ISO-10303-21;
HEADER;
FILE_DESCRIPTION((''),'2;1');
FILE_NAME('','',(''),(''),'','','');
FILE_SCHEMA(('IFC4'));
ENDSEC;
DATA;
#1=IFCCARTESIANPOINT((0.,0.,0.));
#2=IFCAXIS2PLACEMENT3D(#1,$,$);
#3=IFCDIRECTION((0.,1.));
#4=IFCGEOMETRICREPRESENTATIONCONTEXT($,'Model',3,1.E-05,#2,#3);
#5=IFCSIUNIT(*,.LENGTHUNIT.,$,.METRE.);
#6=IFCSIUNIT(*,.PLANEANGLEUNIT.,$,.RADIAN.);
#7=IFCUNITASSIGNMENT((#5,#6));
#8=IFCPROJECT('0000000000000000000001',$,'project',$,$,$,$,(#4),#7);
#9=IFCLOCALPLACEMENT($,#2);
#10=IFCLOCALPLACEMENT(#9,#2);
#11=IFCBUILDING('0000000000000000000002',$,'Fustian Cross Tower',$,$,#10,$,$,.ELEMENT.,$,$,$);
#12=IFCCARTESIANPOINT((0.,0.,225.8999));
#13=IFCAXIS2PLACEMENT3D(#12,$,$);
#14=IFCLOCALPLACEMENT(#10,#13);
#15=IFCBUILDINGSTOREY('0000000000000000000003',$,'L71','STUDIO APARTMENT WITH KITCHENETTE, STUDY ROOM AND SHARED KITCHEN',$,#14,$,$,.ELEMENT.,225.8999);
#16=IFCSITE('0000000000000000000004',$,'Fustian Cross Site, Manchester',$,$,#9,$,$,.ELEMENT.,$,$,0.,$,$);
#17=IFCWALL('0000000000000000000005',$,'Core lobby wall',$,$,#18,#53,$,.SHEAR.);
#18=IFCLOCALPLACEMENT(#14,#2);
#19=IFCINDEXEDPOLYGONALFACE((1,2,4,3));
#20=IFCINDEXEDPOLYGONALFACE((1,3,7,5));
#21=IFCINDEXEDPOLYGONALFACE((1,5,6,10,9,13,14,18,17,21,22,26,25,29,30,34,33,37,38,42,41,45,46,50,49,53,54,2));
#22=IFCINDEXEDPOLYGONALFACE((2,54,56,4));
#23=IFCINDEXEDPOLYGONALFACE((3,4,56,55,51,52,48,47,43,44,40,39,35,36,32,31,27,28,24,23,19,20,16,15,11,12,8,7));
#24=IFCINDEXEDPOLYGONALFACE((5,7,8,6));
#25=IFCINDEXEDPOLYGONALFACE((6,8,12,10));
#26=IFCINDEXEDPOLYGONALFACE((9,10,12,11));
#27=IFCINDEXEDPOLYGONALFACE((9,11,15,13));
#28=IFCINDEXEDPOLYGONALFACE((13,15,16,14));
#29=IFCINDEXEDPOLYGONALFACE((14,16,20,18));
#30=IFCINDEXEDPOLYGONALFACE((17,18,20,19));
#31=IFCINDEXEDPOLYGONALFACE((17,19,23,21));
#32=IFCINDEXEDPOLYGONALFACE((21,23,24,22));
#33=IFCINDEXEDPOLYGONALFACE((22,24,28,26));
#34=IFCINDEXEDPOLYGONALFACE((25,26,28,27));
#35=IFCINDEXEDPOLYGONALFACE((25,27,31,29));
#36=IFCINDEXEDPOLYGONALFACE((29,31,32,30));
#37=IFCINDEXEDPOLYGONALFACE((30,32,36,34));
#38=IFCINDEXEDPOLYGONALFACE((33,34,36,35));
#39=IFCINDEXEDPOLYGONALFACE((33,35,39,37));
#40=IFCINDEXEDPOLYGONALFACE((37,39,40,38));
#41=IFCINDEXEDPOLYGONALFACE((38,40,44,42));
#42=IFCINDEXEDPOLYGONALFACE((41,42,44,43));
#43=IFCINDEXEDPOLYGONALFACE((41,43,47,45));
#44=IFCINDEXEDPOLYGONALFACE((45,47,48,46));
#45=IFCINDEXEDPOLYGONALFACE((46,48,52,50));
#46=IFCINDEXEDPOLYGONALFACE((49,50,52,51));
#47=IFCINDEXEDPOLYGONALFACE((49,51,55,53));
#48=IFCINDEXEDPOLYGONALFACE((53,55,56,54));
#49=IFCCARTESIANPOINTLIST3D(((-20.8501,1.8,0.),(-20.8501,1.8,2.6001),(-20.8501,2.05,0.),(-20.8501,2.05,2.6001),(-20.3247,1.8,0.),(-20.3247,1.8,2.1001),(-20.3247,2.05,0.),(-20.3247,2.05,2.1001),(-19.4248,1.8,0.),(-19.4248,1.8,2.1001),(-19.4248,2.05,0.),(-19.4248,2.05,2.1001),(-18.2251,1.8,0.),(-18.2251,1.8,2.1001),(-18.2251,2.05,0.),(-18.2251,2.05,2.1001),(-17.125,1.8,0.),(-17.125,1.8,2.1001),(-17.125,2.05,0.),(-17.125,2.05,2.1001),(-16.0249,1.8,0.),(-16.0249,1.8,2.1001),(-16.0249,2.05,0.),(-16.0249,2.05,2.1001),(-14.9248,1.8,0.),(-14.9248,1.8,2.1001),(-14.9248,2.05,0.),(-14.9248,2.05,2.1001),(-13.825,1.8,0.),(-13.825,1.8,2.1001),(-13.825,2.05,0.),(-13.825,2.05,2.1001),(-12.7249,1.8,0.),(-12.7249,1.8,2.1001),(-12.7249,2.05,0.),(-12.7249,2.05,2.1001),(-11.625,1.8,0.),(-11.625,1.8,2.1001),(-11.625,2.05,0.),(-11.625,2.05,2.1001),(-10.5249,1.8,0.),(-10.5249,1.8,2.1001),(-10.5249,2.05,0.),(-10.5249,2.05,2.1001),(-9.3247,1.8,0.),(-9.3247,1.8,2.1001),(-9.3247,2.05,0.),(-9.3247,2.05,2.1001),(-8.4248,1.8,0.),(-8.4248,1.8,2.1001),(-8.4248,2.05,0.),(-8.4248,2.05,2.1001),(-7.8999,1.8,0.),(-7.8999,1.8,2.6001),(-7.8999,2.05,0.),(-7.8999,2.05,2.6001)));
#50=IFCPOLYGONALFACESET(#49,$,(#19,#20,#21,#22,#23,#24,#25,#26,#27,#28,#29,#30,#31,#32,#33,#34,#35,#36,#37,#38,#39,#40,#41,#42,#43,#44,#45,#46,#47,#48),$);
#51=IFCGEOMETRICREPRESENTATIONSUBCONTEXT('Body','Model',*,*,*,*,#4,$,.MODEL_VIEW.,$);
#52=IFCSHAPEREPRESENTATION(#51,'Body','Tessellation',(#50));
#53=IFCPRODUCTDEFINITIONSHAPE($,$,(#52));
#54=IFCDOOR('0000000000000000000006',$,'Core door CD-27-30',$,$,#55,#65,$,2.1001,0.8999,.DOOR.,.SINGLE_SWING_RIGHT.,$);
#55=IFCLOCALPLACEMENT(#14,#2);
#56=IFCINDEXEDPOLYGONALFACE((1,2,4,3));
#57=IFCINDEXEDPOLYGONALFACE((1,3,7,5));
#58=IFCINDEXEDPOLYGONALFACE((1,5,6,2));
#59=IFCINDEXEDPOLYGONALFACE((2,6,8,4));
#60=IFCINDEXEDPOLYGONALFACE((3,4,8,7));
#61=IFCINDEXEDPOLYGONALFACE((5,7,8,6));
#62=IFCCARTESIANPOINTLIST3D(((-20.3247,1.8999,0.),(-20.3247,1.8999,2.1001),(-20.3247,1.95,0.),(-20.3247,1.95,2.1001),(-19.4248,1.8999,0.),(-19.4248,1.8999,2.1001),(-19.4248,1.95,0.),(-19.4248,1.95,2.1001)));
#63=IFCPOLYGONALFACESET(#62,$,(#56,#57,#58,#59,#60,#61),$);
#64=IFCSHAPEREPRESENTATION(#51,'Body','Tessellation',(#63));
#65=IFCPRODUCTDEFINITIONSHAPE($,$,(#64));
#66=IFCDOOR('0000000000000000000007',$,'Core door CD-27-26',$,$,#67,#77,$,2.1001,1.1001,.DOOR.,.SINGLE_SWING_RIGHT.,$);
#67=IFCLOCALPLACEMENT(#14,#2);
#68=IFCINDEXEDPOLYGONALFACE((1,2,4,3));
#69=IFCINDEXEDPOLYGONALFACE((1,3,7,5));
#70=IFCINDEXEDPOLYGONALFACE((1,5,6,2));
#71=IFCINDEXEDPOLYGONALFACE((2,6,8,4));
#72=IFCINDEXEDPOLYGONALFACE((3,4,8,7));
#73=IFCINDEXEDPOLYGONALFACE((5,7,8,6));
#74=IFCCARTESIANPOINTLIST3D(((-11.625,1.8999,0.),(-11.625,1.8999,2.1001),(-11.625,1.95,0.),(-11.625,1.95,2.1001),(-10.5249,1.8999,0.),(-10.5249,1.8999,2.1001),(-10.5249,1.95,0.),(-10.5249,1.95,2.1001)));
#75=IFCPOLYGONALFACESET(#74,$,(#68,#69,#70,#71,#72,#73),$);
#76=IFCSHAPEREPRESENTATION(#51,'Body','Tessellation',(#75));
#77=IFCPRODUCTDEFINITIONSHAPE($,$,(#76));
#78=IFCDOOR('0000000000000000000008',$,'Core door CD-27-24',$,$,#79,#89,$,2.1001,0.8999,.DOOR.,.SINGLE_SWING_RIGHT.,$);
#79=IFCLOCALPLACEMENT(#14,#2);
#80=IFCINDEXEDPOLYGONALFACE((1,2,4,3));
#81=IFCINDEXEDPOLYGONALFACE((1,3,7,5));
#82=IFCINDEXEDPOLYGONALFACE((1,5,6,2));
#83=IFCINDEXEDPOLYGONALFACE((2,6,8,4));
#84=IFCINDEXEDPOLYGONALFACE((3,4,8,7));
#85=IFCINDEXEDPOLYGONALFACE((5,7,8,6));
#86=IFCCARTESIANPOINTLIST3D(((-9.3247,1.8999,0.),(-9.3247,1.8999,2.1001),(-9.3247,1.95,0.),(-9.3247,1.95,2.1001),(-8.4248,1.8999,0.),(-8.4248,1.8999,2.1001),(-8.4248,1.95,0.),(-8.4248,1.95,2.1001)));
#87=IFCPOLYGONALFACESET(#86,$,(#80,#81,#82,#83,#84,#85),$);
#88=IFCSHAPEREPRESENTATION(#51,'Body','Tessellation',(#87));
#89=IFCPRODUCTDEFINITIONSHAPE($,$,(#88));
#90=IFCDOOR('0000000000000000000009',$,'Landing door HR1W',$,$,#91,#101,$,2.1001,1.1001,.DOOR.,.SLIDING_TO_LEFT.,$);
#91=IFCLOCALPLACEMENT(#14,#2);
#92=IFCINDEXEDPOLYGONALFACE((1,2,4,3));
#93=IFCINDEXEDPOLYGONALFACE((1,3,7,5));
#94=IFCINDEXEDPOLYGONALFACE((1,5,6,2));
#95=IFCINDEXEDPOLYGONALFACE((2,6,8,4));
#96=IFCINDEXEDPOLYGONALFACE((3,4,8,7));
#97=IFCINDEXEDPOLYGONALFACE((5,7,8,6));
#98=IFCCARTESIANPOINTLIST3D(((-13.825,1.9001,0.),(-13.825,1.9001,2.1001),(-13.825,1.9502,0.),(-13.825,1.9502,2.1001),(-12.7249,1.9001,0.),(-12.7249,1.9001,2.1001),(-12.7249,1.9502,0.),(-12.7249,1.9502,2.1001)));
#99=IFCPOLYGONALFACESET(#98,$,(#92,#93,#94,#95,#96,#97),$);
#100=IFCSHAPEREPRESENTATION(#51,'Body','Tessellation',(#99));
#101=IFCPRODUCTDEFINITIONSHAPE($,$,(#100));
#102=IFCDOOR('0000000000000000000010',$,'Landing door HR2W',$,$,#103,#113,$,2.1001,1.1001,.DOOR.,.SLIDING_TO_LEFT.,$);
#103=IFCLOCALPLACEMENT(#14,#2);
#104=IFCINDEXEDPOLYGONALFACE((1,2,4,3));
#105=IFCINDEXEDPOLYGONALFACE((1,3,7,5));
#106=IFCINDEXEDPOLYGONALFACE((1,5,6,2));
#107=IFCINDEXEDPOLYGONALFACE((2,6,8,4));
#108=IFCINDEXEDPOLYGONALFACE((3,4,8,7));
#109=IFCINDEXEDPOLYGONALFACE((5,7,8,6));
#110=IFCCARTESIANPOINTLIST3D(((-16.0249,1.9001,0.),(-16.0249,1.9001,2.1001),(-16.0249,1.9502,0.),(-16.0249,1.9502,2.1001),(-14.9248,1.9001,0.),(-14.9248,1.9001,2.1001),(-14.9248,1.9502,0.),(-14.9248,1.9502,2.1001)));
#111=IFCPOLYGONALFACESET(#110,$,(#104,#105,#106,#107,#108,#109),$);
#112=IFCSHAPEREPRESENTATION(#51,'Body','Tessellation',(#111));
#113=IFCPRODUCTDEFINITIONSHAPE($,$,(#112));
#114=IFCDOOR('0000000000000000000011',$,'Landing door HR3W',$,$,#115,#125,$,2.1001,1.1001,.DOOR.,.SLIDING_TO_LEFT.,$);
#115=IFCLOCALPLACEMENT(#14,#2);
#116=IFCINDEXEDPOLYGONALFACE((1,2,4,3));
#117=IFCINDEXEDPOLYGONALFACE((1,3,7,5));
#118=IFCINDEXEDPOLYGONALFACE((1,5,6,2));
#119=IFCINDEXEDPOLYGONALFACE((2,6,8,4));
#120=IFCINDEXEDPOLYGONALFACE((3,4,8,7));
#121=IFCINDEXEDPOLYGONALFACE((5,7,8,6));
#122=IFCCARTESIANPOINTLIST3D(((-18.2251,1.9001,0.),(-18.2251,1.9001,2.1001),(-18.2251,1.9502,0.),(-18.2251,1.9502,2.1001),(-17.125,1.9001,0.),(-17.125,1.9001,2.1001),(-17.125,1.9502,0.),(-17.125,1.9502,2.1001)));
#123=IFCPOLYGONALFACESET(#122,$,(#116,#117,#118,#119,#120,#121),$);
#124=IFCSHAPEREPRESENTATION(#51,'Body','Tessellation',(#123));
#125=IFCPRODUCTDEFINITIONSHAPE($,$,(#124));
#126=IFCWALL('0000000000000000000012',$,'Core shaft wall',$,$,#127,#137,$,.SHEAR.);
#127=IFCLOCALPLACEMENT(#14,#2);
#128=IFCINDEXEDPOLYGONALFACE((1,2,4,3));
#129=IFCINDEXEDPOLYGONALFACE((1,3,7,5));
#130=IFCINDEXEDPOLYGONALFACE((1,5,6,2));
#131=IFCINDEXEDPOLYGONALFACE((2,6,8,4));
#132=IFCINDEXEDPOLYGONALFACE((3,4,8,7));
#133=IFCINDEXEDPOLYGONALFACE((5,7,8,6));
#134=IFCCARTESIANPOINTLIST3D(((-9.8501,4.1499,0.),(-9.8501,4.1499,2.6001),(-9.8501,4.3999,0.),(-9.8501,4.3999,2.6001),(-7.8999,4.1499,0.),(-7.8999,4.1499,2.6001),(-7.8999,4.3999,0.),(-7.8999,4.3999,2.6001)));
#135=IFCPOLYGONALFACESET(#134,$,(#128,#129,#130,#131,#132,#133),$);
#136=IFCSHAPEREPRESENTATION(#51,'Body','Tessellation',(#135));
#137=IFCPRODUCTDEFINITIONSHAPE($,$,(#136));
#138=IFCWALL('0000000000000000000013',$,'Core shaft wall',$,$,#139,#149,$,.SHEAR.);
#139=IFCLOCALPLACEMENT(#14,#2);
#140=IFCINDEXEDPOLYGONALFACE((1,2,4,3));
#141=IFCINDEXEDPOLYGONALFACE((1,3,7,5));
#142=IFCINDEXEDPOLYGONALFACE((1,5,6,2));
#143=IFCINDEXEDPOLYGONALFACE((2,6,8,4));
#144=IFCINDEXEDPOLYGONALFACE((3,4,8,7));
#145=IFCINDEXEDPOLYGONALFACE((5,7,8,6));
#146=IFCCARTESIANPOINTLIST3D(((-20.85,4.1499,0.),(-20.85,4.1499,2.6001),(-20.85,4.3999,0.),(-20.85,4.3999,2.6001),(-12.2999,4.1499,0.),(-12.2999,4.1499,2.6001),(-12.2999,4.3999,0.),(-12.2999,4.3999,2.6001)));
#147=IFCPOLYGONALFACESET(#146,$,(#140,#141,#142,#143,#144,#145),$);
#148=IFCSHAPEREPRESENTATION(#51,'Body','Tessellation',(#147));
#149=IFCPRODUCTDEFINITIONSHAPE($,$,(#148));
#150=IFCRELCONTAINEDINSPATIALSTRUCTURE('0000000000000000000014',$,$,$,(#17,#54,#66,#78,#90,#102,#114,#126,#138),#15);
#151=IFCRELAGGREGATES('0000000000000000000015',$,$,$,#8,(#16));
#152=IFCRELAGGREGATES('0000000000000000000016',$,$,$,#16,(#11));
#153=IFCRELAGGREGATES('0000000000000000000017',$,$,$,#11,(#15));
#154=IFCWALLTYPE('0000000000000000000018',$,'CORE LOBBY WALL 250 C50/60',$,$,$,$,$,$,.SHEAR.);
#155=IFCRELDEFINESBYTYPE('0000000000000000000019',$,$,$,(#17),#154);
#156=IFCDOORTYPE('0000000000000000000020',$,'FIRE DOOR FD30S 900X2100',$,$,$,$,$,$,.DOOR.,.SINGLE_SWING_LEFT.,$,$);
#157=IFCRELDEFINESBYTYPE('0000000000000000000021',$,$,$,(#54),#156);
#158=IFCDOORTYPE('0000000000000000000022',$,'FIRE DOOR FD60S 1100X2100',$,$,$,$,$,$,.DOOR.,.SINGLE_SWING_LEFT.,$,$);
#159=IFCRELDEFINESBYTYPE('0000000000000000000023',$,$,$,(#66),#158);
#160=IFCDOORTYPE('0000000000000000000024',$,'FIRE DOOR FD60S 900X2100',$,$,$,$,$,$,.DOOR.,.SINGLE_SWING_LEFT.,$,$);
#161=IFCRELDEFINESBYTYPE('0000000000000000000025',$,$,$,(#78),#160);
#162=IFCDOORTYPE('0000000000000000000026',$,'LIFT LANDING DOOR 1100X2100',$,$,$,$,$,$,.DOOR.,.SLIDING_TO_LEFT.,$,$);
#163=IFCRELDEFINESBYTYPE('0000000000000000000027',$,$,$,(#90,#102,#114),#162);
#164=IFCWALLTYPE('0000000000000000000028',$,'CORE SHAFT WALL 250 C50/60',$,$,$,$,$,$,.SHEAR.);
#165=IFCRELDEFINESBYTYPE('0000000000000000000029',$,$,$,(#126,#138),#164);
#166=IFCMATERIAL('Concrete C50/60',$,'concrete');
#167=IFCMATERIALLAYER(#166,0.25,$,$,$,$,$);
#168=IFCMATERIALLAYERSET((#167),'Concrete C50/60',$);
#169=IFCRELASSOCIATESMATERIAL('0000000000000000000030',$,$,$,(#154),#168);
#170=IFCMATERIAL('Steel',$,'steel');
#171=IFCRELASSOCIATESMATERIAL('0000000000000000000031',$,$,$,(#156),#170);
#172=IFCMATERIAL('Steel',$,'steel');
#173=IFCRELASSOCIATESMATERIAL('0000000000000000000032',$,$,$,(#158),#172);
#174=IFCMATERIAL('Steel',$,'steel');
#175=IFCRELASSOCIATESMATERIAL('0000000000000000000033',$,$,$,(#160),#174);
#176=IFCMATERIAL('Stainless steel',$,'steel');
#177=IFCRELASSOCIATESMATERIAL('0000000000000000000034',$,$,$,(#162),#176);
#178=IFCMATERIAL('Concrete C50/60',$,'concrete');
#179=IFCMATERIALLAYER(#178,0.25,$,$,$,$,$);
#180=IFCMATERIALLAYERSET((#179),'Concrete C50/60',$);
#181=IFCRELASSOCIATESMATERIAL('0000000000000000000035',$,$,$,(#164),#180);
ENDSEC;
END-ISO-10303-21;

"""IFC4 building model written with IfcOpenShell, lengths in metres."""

from ifc_helpers import new_model, si_unit, direction, frame, frame_2d, origin, place, context, subcontext, project, spatial, rectangle, extrude, material, layer, layer_set, type_object, element, fill, save


model = new_model("IFC4")

# Units and contexts
model_context = context("Model", 3, precision=1e-05, world=origin(), true_north=direction((0.0, 1.0)))
body_context = subcontext(model_context, "Body", "Model", "MODEL_VIEW")
ifc_project = project(units=[si_unit("LENGTHUNIT", "METRE"), si_unit("PLANEANGLEUNIT", "RADIAN")], contexts=[model_context])

# Site, building, storey
site_placement = place(None, origin())
site = spatial("IfcSite", under=ifc_project, at=site_placement, Name="Fustian Cross Site, Manchester", CompositionType="ELEMENT", RefElevation=0.0)
building_placement = place(site_placement, origin())
building = spatial("IfcBuilding", under=site, at=building_placement, Name="Fustian Cross Tower", CompositionType="ELEMENT")
storey_placement = place(building_placement, frame((0.0, 0.0, 225.8999)))
storey = spatial("IfcBuildingStorey", under=building, at=storey_placement, Name="L71", Description="STUDIO APARTMENT WITH KITCHENETTE, STUDY ROOM AND SHARED KITCHEN", CompositionType="ELEMENT", Elevation=225.8999)

# Wall, openings, doors
ifc_material_1 = material(Name="Concrete C50/60", Category="concrete")
ifc_layer_1 = layer(ifc_material_1, 0.25)
ifc_layer_set_1 = layer_set([ifc_layer_1], Name="Concrete C50/60")
wall_type_1 = type_object("IfcWallType", Name="CORE LOBBY WALL 250 C50/60", PredefinedType="SHEAR", material=ifc_layer_set_1)
wall_1_placement = place(storey_placement, frame((-7.8999, 1.925, 0.0), z_axis=(0.0, 0.0, 1.0), x_axis=(-1.0, 0.0, 0.0)))
wall_1 = element("IfcWall", 1, at=wall_1_placement, inside=storey, type_object=wall_type_1, Name="Core lobby wall", PredefinedType="SHEAR", context=body_context, shape_type="SweptSolid", body=[
    extrude(rectangle(XDim=12.9502, YDim=0.25, at=frame_2d((6.4751, 0.0))), origin(), (0.0, 0.0, 1.0), 2.6001),
])
opening_1_placement = place(wall_1_placement, frame((4.825, 0.0, 0.0)))
opening_1 = element("IfcOpeningElement", 2, at=opening_1_placement, cuts=wall_1, PredefinedType="OPENING", context=body_context, shape_type="SweptSolid", body=[
    extrude(rectangle(XDim=1.1001, YDim=2.1001, at=frame_2d((0.55, 1.05))), frame((0.0, 0.135, 0.0), z_axis=(0.0, -1.0, 0.0), x_axis=(1.0, 0.0, 0.0)), (0.0, 0.0, 1.0), 0.27),
])
opening_2_placement = place(wall_1_placement, frame((7.0249, 0.0, 0.0)))
opening_2 = element("IfcOpeningElement", 3, at=opening_2_placement, cuts=wall_1, PredefinedType="OPENING", context=body_context, shape_type="SweptSolid", body=[
    extrude(rectangle(XDim=1.1001, YDim=2.1001, at=frame_2d((0.55, 1.05))), frame((0.0, 0.135, 0.0), z_axis=(0.0, -1.0, 0.0), x_axis=(1.0, 0.0, 0.0)), (0.0, 0.0, 1.0), 0.27),
])
opening_3_placement = place(wall_1_placement, frame((9.2251, 0.0, 0.0)))
opening_3 = element("IfcOpeningElement", 4, at=opening_3_placement, cuts=wall_1, PredefinedType="OPENING", context=body_context, shape_type="SweptSolid", body=[
    extrude(rectangle(XDim=1.1001, YDim=2.1001, at=frame_2d((0.55, 1.05))), frame((0.0, 0.135, 0.0), z_axis=(0.0, -1.0, 0.0), x_axis=(1.0, 0.0, 0.0)), (0.0, 0.0, 1.0), 0.27),
])
opening_4_placement = place(wall_1_placement, frame((0.5249, 0.0, 0.0)))
opening_4 = element("IfcOpeningElement", 5, at=opening_4_placement, cuts=wall_1, PredefinedType="OPENING", context=body_context, shape_type="SweptSolid", body=[
    extrude(rectangle(XDim=0.8999, YDim=2.1001, at=frame_2d((0.45, 1.05))), frame((0.0, 0.135, 0.0), z_axis=(0.0, -1.0, 0.0), x_axis=(1.0, 0.0, 0.0)), (0.0, 0.0, 1.0), 0.27),
])
opening_5_placement = place(wall_1_placement, frame((2.625, 0.0, 0.0)))
opening_5 = element("IfcOpeningElement", 6, at=opening_5_placement, cuts=wall_1, PredefinedType="OPENING", context=body_context, shape_type="SweptSolid", body=[
    extrude(rectangle(XDim=1.1001, YDim=2.1001, at=frame_2d((0.55, 1.05))), frame((0.0, 0.135, 0.0), z_axis=(0.0, -1.0, 0.0), x_axis=(1.0, 0.0, 0.0)), (0.0, 0.0, 1.0), 0.27),
])
opening_6_placement = place(wall_1_placement, frame((11.5249, 0.0, 0.0)))
opening_6 = element("IfcOpeningElement", 7, at=opening_6_placement, cuts=wall_1, PredefinedType="OPENING", context=body_context, shape_type="SweptSolid", body=[
    extrude(rectangle(XDim=0.8999, YDim=2.1001, at=frame_2d((0.45, 1.05))), frame((0.0, 0.135, 0.0), z_axis=(0.0, -1.0, 0.0), x_axis=(1.0, 0.0, 0.0)), (0.0, 0.0, 1.0), 0.27),
])
ifc_material_2 = material(Name="Steel", Category="steel")
door_type_1 = type_object("IfcDoorType", Name="FIRE DOOR FD30S 900X2100", OperationType="SINGLE_SWING_LEFT", PredefinedType="DOOR", material=ifc_material_2)
door_1_placement = place(opening_6_placement, frame((0.8999, 0.0, 0.0), z_axis=(0.0, 0.0, 1.0), x_axis=(-1.0, 0.0, 0.0)))
door_1 = element("IfcDoor", 8, at=door_1_placement, inside=storey, type_object=door_type_1, Name="Core door CD-27-30", OperationType="SINGLE_SWING_RIGHT", OverallHeight=2.1001, OverallWidth=0.8999, PredefinedType="DOOR", context=body_context, shape_type="SweptSolid", body=[
    extrude(rectangle(XDim=0.8999, YDim=2.1001, at=frame_2d((0.45, 1.05))), frame((0.0, 0.0249, 0.0), z_axis=(0.0, -1.0, 0.0), x_axis=(1.0, 0.0, 0.0)), (0.0, 0.0, 1.0), 0.05),
])
fill(opening_6, door_1)
ifc_material_3 = material(Name="Steel", Category="steel")
door_type_2 = type_object("IfcDoorType", Name="FIRE DOOR FD60S 1100X2100", OperationType="SINGLE_SWING_LEFT", PredefinedType="DOOR", material=ifc_material_3)
door_2_placement = place(opening_5_placement, frame((1.1001, 0.0, 0.0), z_axis=(0.0, 0.0, 1.0), x_axis=(-1.0, 0.0, 0.0)))
door_2 = element("IfcDoor", 9, at=door_2_placement, inside=storey, type_object=door_type_2, Name="Core door CD-27-26", OperationType="SINGLE_SWING_RIGHT", OverallHeight=2.1001, OverallWidth=1.1001, PredefinedType="DOOR", context=body_context, shape_type="SweptSolid", body=[
    extrude(rectangle(XDim=1.1001, YDim=2.1001, at=frame_2d((0.55, 1.05))), frame((0.0, 0.0249, 0.0), z_axis=(0.0, -1.0, 0.0), x_axis=(1.0, 0.0, 0.0)), (0.0, 0.0, 1.0), 0.05),
])
fill(opening_5, door_2)
ifc_material_4 = material(Name="Steel", Category="steel")
door_type_3 = type_object("IfcDoorType", Name="FIRE DOOR FD60S 900X2100", OperationType="SINGLE_SWING_LEFT", PredefinedType="DOOR", material=ifc_material_4)
door_3_placement = place(opening_4_placement, frame((0.8999, 0.0, 0.0), z_axis=(0.0, 0.0, 1.0), x_axis=(-1.0, 0.0, 0.0)))
door_3 = element("IfcDoor", 10, at=door_3_placement, inside=storey, type_object=door_type_3, Name="Core door CD-27-24", OperationType="SINGLE_SWING_RIGHT", OverallHeight=2.1001, OverallWidth=0.8999, PredefinedType="DOOR", context=body_context, shape_type="SweptSolid", body=[
    extrude(rectangle(XDim=0.8999, YDim=2.1001, at=frame_2d((0.45, 1.05))), frame((0.0, 0.0249, 0.0), z_axis=(0.0, -1.0, 0.0), x_axis=(1.0, 0.0, 0.0)), (0.0, 0.0, 1.0), 0.05),
])
fill(opening_4, door_3)
ifc_material_5 = material(Name="Stainless steel", Category="steel")
door_type_4 = type_object("IfcDoorType", Name="LIFT LANDING DOOR 1100X2100", OperationType="SLIDING_TO_LEFT", PredefinedType="DOOR", material=ifc_material_5)
door_4_placement = place(opening_1_placement, origin())
door_4 = element("IfcDoor", 11, at=door_4_placement, inside=storey, type_object=door_type_4, Name="Landing door HR1W", OperationType="SLIDING_TO_LEFT", OverallHeight=2.1001, OverallWidth=1.1001, PredefinedType="DOOR", context=body_context, shape_type="SweptSolid", body=[
    extrude(rectangle(XDim=1.1001, YDim=2.1001, at=frame_2d((0.55, 1.05))), frame((0.0, 0.0249, 0.0), z_axis=(0.0, -1.0, 0.0), x_axis=(1.0, 0.0, 0.0)), (0.0, 0.0, 1.0), 0.05),
])
fill(opening_1, door_4)
door_5_placement = place(opening_2_placement, origin())
door_5 = element("IfcDoor", 12, at=door_5_placement, inside=storey, type_object=door_type_4, Name="Landing door HR2W", OperationType="SLIDING_TO_LEFT", OverallHeight=2.1001, OverallWidth=1.1001, PredefinedType="DOOR", context=body_context, shape_type="SweptSolid", body=[
    extrude(rectangle(XDim=1.1001, YDim=2.1001, at=frame_2d((0.55, 1.05))), frame((0.0, 0.0249, 0.0), z_axis=(0.0, -1.0, 0.0), x_axis=(1.0, 0.0, 0.0)), (0.0, 0.0, 1.0), 0.05),
])
fill(opening_2, door_5)
door_6_placement = place(opening_3_placement, origin())
door_6 = element("IfcDoor", 13, at=door_6_placement, inside=storey, type_object=door_type_4, Name="Landing door HR3W", OperationType="SLIDING_TO_LEFT", OverallHeight=2.1001, OverallWidth=1.1001, PredefinedType="DOOR", context=body_context, shape_type="SweptSolid", body=[
    extrude(rectangle(XDim=1.1001, YDim=2.1001, at=frame_2d((0.55, 1.05))), frame((0.0, 0.0249, 0.0), z_axis=(0.0, -1.0, 0.0), x_axis=(1.0, 0.0, 0.0)), (0.0, 0.0, 1.0), 0.05),
])
fill(opening_3, door_6)

# Walls
ifc_material_6 = material(Name="Concrete C50/60", Category="concrete")
ifc_layer_2 = layer(ifc_material_6, 0.25)
ifc_layer_set_2 = layer_set([ifc_layer_2], Name="Concrete C50/60")
wall_type_2 = type_object("IfcWallType", Name="CORE SHAFT WALL 250 C50/60", PredefinedType="SHEAR", material=ifc_layer_set_2)
wall_2_placement = place(storey_placement, frame((-7.8999, 4.2749, 0.0), z_axis=(0.0, 0.0, 1.0), x_axis=(-1.0, 0.0, 0.0)))
element("IfcWall", 14, at=wall_2_placement, inside=storey, type_object=wall_type_2, Name="Core shaft wall", PredefinedType="SHEAR", context=body_context, shape_type="SweptSolid", body=[
    extrude(rectangle(XDim=1.9502, YDim=0.25, at=frame_2d((0.9751, 0.0))), origin(), (0.0, 0.0, 1.0), 2.6001),
])
wall_3_placement = place(storey_placement, frame((-12.3, 4.2749, 0.0), z_axis=(0.0, 0.0, 1.0), x_axis=(-1.0, 0.0, 0.0)))
element("IfcWall", 15, at=wall_3_placement, inside=storey, type_object=wall_type_2, Name="Core shaft wall", PredefinedType="SHEAR", context=body_context, shape_type="SweptSolid", body=[
    extrude(rectangle(XDim=8.55, YDim=0.25, at=frame_2d((4.2749, 0.0))), origin(), (0.0, 0.0, 1.0), 2.6001),
])

save(model, "model.ifc")
